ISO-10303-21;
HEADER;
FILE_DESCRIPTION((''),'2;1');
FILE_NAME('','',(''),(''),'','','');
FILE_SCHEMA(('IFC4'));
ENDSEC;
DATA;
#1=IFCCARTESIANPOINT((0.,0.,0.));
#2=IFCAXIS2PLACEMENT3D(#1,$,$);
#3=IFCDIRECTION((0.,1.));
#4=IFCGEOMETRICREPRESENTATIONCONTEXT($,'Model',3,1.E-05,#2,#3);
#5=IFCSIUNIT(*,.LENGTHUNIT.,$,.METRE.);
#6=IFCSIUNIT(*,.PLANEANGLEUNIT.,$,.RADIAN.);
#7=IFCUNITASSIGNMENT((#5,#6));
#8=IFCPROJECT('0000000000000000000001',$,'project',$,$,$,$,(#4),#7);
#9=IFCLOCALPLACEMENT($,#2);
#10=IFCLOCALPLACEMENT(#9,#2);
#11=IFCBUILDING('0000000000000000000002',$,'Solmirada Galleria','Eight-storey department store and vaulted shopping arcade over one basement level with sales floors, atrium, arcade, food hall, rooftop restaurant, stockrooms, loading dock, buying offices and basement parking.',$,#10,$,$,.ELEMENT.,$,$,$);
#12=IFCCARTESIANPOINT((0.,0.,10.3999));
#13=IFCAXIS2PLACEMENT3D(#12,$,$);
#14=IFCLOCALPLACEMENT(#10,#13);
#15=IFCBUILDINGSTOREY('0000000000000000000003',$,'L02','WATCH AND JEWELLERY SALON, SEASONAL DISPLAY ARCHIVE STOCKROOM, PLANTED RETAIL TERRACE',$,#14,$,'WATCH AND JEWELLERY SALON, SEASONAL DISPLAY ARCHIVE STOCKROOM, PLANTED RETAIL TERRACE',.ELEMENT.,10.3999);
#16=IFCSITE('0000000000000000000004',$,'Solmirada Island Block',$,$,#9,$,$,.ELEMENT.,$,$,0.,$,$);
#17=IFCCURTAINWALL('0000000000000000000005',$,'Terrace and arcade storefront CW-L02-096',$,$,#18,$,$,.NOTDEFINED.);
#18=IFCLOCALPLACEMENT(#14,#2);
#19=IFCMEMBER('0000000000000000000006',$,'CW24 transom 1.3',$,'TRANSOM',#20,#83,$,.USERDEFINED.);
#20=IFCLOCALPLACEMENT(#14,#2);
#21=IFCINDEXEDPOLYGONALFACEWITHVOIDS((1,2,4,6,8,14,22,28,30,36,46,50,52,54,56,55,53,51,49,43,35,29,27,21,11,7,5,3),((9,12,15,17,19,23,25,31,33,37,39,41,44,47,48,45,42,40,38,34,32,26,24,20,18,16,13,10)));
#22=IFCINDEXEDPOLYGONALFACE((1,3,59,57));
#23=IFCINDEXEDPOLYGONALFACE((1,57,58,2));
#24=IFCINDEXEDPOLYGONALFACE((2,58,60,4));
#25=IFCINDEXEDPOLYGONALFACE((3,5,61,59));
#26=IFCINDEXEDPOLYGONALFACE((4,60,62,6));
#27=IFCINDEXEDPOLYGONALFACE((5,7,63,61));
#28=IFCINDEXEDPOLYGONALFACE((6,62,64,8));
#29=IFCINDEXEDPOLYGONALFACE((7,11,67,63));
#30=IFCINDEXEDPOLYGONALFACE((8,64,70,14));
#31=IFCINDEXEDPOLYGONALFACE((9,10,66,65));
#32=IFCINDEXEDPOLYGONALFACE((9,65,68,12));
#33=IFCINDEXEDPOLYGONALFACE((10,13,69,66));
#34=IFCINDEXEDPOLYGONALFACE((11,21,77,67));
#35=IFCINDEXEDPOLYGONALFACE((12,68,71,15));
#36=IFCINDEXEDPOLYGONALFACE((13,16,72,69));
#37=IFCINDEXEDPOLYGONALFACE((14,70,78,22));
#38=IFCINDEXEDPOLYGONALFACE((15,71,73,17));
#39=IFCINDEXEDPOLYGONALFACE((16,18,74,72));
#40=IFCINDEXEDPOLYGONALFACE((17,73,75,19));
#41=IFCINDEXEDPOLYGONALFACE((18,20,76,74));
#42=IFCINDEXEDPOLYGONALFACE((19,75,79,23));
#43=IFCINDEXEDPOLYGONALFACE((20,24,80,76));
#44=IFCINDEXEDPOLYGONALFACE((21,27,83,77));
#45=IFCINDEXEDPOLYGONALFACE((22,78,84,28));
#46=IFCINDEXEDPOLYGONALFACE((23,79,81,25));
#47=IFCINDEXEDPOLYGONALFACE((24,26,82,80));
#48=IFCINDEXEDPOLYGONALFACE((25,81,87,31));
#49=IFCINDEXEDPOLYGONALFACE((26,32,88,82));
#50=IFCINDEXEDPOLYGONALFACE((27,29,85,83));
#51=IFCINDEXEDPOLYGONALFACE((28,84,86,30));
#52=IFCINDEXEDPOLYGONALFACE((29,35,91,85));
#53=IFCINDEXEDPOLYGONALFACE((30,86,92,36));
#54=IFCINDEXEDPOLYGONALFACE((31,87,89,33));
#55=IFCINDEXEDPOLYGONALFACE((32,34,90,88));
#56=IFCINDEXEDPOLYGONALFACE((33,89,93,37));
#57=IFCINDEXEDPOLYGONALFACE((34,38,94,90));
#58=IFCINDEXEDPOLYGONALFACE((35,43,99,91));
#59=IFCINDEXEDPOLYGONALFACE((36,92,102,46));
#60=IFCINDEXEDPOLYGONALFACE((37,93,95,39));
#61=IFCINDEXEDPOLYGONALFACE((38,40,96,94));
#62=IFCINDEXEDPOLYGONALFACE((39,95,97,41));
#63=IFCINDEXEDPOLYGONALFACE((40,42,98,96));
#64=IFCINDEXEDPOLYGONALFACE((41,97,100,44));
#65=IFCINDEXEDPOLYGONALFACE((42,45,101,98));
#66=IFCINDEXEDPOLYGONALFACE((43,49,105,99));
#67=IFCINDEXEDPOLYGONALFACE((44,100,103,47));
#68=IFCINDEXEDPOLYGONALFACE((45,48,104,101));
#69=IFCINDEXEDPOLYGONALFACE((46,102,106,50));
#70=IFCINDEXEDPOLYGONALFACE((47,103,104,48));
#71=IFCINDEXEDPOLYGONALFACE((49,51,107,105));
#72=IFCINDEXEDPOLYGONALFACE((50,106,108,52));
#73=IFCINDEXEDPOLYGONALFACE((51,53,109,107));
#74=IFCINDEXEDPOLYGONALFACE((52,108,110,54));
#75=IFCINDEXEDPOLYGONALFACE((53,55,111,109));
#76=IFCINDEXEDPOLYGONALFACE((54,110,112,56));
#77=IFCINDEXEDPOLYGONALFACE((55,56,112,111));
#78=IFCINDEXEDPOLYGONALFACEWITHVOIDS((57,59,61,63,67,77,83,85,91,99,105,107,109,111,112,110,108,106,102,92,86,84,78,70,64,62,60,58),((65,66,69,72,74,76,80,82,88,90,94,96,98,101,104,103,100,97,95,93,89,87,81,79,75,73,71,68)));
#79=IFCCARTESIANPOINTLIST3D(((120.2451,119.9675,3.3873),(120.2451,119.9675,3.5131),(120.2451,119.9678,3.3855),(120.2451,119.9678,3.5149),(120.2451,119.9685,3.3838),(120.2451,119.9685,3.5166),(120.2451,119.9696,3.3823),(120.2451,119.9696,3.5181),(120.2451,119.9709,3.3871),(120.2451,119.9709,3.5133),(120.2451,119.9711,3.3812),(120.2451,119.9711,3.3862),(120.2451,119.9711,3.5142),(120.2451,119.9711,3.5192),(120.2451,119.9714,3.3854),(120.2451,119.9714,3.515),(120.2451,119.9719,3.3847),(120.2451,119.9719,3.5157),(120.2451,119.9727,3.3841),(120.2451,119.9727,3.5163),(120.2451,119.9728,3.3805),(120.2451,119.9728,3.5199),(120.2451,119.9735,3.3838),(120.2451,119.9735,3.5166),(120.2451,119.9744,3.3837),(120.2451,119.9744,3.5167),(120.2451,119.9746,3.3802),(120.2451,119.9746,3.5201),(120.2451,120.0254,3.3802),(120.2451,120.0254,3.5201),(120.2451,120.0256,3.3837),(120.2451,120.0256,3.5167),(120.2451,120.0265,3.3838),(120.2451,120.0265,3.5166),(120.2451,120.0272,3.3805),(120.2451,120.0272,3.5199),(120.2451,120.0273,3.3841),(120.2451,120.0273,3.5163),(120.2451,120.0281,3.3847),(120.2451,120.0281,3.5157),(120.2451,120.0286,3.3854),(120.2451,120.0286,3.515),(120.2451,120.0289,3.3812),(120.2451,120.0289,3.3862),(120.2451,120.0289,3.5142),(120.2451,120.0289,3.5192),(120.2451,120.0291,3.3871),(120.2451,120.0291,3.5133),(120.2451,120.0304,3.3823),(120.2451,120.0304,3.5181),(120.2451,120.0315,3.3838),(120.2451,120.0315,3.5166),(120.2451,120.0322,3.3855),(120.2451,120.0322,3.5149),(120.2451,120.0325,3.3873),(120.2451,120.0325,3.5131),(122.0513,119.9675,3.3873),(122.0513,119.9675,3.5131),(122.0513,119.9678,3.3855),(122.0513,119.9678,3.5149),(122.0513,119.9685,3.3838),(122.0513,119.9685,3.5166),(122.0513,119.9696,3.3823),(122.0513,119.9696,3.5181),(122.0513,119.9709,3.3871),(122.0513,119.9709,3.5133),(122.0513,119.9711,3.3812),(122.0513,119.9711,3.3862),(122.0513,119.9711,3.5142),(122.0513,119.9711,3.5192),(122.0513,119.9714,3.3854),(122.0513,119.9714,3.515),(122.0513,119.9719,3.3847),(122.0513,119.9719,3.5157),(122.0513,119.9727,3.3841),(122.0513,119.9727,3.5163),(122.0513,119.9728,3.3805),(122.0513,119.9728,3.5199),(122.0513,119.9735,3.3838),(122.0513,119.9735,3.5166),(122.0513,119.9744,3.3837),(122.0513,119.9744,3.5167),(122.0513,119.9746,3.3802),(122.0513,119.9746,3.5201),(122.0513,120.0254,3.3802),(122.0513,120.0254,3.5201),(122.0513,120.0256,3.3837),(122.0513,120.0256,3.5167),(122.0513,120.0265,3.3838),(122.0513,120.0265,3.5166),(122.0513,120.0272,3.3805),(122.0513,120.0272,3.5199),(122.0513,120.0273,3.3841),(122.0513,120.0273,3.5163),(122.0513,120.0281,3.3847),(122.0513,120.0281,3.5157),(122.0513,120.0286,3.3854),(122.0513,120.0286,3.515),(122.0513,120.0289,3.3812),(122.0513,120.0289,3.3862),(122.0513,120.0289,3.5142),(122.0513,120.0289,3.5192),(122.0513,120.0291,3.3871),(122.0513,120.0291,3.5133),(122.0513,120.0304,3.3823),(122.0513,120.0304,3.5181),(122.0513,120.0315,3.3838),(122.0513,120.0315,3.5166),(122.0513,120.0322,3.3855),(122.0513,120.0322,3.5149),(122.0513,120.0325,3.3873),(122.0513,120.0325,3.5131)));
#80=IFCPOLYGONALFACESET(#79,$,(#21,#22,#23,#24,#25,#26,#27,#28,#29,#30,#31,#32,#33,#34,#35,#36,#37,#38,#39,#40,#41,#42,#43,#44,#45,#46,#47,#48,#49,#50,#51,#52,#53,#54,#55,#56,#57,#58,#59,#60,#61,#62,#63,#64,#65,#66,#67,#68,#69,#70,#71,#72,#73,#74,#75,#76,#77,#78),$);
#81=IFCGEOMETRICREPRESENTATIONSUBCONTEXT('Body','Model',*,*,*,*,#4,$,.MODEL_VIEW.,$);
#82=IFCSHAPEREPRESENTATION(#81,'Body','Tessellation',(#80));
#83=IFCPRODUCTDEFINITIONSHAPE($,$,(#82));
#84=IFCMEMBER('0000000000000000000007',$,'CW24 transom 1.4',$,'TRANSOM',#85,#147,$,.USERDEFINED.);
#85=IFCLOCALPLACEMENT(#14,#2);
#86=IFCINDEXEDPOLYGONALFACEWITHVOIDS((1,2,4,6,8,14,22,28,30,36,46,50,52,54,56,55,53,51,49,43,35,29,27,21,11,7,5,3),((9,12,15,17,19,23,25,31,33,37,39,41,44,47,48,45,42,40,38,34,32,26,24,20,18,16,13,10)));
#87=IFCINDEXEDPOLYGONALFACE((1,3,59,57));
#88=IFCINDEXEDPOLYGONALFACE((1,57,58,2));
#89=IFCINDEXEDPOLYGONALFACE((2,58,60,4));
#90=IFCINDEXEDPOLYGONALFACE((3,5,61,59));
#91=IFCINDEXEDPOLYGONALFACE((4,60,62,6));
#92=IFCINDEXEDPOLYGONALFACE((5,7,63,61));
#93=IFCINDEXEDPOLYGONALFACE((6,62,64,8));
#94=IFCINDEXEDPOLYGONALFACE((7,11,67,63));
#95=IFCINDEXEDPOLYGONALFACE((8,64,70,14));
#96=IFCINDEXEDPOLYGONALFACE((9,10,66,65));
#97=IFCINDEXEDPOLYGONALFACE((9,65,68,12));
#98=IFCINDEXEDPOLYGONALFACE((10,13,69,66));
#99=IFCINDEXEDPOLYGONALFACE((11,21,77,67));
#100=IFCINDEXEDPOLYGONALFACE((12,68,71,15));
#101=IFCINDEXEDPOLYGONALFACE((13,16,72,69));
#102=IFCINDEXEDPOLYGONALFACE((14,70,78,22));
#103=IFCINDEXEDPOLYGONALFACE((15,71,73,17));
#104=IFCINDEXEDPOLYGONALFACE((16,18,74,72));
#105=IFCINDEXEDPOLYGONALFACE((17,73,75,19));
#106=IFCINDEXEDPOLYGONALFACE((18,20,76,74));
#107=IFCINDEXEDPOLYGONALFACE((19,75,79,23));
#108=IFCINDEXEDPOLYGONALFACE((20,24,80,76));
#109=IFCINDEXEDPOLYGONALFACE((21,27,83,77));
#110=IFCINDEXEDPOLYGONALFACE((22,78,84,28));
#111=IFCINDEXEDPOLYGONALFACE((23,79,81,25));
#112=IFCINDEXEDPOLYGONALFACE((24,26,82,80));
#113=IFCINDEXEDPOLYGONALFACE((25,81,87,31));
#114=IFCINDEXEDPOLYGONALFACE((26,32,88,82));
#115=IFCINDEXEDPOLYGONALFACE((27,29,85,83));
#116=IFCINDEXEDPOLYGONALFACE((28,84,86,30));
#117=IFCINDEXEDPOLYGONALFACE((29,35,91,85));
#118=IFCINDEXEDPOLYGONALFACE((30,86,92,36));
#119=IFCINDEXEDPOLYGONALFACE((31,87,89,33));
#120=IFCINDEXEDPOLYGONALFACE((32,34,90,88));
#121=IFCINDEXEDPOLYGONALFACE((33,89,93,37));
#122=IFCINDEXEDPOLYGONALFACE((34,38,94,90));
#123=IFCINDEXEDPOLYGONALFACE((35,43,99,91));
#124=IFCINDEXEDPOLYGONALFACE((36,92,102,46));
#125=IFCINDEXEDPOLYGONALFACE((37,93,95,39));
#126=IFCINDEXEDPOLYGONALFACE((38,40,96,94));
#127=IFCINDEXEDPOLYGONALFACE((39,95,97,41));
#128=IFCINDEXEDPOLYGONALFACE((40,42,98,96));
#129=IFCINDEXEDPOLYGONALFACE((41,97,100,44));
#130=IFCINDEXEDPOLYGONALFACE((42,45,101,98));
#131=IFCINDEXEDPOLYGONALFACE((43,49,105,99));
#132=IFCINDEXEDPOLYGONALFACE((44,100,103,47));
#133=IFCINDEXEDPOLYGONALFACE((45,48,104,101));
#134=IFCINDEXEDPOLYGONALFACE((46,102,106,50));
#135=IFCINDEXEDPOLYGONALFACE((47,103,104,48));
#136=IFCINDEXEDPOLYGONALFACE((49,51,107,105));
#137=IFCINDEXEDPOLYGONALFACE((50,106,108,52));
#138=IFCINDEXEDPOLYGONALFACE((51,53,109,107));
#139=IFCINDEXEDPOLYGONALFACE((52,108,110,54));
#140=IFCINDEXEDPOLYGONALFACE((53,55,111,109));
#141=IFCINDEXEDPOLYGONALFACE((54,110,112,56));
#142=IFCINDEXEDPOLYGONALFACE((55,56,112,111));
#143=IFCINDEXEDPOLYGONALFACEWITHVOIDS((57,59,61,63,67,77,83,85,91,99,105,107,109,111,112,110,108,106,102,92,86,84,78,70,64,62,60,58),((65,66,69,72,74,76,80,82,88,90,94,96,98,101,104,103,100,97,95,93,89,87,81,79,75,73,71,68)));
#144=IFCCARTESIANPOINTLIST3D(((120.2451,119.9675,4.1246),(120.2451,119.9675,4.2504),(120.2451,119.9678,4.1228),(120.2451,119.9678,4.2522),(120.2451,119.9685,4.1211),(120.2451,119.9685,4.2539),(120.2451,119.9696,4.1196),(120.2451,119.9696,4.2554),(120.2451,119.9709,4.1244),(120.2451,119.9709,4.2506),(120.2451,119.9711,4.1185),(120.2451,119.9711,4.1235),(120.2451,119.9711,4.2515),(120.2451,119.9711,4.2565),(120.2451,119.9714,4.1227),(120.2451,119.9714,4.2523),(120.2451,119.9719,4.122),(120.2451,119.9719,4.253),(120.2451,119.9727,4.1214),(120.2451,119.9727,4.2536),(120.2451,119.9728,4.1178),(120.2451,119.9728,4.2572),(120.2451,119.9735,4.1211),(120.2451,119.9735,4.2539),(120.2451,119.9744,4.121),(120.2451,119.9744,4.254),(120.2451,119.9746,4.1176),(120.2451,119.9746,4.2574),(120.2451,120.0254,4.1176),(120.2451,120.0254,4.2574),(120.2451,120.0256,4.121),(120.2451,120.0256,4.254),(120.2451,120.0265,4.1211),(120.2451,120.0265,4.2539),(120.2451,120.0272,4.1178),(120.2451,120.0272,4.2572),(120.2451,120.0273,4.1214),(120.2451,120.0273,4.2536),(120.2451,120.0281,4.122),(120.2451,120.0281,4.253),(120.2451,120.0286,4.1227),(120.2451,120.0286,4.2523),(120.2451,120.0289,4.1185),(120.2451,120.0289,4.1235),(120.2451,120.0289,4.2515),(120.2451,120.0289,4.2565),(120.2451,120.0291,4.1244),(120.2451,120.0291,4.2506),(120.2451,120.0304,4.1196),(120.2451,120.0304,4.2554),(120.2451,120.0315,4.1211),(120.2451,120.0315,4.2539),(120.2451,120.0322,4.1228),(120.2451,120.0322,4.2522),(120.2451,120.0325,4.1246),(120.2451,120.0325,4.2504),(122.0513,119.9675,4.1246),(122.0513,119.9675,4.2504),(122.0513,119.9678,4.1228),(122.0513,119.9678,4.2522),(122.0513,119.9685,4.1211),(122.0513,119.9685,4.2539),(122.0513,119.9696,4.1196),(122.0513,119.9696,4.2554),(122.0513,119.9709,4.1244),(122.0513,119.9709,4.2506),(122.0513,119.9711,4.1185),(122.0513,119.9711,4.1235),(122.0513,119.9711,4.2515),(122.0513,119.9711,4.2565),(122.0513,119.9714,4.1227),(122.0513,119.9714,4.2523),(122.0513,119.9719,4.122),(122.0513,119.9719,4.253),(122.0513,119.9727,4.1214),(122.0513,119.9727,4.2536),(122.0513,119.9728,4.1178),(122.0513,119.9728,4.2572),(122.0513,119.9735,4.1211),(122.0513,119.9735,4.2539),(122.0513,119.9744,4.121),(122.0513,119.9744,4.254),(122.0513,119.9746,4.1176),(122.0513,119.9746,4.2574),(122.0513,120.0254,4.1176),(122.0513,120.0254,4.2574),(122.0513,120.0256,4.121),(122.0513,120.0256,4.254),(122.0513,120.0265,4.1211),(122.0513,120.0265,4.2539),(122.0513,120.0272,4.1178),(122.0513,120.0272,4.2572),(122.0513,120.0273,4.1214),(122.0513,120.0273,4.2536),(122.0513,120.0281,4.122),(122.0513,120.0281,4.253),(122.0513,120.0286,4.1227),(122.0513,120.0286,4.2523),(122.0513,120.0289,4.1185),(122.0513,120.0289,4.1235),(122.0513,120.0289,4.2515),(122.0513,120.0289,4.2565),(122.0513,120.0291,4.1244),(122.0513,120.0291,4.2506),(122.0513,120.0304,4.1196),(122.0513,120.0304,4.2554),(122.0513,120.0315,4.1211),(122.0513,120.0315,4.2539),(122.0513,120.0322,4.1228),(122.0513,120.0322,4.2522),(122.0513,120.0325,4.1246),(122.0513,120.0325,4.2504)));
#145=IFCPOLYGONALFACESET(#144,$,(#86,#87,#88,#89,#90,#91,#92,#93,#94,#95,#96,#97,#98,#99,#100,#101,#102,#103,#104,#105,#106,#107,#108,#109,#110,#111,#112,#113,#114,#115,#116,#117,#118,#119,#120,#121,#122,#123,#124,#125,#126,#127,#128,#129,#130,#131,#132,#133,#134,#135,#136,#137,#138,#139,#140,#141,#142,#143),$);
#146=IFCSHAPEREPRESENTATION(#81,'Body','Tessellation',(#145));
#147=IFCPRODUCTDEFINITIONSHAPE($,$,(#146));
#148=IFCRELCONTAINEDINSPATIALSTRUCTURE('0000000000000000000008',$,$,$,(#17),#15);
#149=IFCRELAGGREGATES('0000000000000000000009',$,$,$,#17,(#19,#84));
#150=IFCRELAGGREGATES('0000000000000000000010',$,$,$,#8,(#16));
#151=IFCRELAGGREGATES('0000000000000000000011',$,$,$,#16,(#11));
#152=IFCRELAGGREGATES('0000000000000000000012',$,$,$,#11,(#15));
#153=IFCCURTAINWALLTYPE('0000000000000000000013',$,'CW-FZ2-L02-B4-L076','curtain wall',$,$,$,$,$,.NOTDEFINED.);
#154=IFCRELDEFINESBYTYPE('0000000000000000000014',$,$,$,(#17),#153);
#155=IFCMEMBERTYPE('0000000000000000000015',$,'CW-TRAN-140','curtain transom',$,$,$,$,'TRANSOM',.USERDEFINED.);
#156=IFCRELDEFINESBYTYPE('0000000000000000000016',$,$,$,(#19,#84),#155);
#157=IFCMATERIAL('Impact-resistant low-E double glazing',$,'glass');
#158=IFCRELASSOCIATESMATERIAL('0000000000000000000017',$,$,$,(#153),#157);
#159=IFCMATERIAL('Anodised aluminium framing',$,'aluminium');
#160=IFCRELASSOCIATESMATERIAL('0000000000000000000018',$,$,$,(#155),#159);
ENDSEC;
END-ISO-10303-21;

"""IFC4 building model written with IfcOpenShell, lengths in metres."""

from ifc_helpers import new_model, si_unit, direction, frame, origin, origin_2d, place, context, subcontext, project, spatial, hollow_rectangle, extrude, material, material_profile, profile_set, type_object, element, aggregate, save


model = new_model("IFC4")

# Units and contexts
model_context = context("Model", 3, precision=1e-05, world=origin(), true_north=direction((0.0, 1.0)))
body_context = subcontext(model_context, "Body", "Model", "MODEL_VIEW")
ifc_project = project(units=[si_unit("LENGTHUNIT", "METRE"), si_unit("PLANEANGLEUNIT", "RADIAN")], contexts=[model_context])

# Site, building, storey
site_placement = place(None, origin())
site = spatial("IfcSite", under=ifc_project, at=site_placement, Name="Solmirada Island Block", CompositionType="ELEMENT", RefElevation=0.0)
building_placement = place(site_placement, origin())
building = spatial("IfcBuilding", under=site, at=building_placement, Name="Solmirada Galleria", Description="Eight-storey department store and vaulted shopping arcade over one basement level with sales floors, atrium, arcade, food hall, rooftop restaurant, stockrooms, loading dock, buying offices and basement parking.", CompositionType="ELEMENT")
storey_placement = place(building_placement, frame((0.0, 0.0, 10.3999)))
storey = spatial("IfcBuildingStorey", under=building, at=storey_placement, Name="L02", Description="WATCH AND JEWELLERY SALON, SEASONAL DISPLAY ARCHIVE STOCKROOM, PLANTED RETAIL TERRACE", LongName="WATCH AND JEWELLERY SALON, SEASONAL DISPLAY ARCHIVE STOCKROOM, PLANTED RETAIL TERRACE", CompositionType="ELEMENT", Elevation=10.3999)

# Shared definitions
ifc_material_1 = material(Name="Impact-resistant low-E double glazing", Category="glass")
ifc_material_2 = material(Name="Anodised aluminium framing", Category="aluminium")

# Curtain wall, members
curtain_wall_type_1 = type_object("IfcCurtainWallType", Name="CW-FZ2-L02-B4-L076", Description="curtain wall", PredefinedType="NOTDEFINED", material=ifc_material_1)
curtain_wall_1_placement = place(storey_placement, origin())
curtain_wall_1 = element("IfcCurtainWall", 1, at=curtain_wall_1_placement, inside=storey, type_object=curtain_wall_type_1, Name="Terrace and arcade storefront CW-L02-096", PredefinedType="NOTDEFINED")
ifc_material_profile_1 = material_profile(ifc_material_2, hollow_rectangle(XDim=0.0649, YDim=0.1399, WallThickness=0.0034, InnerFilletRadius=0.0034, OuterFilletRadius=0.0071, at=origin_2d()), Name="ALU-TRAN-140X65")
ifc_profile_set_1 = profile_set([ifc_material_profile_1], Name="Anodised aluminium framing")
member_type_1 = type_object("IfcMemberType", Name="CW-TRAN-140", Description="curtain transom", ElementType="TRANSOM", PredefinedType="USERDEFINED", material=ifc_profile_set_1)
member_1_placement = place(storey_placement, frame((120.2451, 120.0, 3.4502), z_axis=(1.0, 0.0, 0.0), x_axis=(0.0, 1.0, 0.0)))
member_1 = element("IfcMember", 2, at=member_1_placement, type_object=member_type_1, Name="CW24 transom 1.3", ObjectType="TRANSOM", PredefinedType="USERDEFINED", context=body_context, shape_type="SweptSolid", body=[
    extrude(hollow_rectangle(XDim=0.0649, YDim=0.1399, WallThickness=0.0034, InnerFilletRadius=0.0034, OuterFilletRadius=0.0071, at=origin_2d()), origin(), (0.0, 0.0, 1.0), 1.8062),
])
member_2_placement = place(storey_placement, frame((120.2451, 120.0, 4.1875), z_axis=(1.0, 0.0, 0.0), x_axis=(0.0, 1.0, 0.0)))
member_2 = element("IfcMember", 3, at=member_2_placement, type_object=member_type_1, Name="CW24 transom 1.4", ObjectType="TRANSOM", PredefinedType="USERDEFINED", context=body_context, shape_type="SweptSolid", body=[
    extrude(hollow_rectangle(XDim=0.0649, YDim=0.1399, WallThickness=0.0034, InnerFilletRadius=0.0034, OuterFilletRadius=0.0071, at=origin_2d()), origin(), (0.0, 0.0, 1.0), 1.8062),
])
aggregate(curtain_wall_1, [member_1, member_2])

save(model, "model.ifc")
